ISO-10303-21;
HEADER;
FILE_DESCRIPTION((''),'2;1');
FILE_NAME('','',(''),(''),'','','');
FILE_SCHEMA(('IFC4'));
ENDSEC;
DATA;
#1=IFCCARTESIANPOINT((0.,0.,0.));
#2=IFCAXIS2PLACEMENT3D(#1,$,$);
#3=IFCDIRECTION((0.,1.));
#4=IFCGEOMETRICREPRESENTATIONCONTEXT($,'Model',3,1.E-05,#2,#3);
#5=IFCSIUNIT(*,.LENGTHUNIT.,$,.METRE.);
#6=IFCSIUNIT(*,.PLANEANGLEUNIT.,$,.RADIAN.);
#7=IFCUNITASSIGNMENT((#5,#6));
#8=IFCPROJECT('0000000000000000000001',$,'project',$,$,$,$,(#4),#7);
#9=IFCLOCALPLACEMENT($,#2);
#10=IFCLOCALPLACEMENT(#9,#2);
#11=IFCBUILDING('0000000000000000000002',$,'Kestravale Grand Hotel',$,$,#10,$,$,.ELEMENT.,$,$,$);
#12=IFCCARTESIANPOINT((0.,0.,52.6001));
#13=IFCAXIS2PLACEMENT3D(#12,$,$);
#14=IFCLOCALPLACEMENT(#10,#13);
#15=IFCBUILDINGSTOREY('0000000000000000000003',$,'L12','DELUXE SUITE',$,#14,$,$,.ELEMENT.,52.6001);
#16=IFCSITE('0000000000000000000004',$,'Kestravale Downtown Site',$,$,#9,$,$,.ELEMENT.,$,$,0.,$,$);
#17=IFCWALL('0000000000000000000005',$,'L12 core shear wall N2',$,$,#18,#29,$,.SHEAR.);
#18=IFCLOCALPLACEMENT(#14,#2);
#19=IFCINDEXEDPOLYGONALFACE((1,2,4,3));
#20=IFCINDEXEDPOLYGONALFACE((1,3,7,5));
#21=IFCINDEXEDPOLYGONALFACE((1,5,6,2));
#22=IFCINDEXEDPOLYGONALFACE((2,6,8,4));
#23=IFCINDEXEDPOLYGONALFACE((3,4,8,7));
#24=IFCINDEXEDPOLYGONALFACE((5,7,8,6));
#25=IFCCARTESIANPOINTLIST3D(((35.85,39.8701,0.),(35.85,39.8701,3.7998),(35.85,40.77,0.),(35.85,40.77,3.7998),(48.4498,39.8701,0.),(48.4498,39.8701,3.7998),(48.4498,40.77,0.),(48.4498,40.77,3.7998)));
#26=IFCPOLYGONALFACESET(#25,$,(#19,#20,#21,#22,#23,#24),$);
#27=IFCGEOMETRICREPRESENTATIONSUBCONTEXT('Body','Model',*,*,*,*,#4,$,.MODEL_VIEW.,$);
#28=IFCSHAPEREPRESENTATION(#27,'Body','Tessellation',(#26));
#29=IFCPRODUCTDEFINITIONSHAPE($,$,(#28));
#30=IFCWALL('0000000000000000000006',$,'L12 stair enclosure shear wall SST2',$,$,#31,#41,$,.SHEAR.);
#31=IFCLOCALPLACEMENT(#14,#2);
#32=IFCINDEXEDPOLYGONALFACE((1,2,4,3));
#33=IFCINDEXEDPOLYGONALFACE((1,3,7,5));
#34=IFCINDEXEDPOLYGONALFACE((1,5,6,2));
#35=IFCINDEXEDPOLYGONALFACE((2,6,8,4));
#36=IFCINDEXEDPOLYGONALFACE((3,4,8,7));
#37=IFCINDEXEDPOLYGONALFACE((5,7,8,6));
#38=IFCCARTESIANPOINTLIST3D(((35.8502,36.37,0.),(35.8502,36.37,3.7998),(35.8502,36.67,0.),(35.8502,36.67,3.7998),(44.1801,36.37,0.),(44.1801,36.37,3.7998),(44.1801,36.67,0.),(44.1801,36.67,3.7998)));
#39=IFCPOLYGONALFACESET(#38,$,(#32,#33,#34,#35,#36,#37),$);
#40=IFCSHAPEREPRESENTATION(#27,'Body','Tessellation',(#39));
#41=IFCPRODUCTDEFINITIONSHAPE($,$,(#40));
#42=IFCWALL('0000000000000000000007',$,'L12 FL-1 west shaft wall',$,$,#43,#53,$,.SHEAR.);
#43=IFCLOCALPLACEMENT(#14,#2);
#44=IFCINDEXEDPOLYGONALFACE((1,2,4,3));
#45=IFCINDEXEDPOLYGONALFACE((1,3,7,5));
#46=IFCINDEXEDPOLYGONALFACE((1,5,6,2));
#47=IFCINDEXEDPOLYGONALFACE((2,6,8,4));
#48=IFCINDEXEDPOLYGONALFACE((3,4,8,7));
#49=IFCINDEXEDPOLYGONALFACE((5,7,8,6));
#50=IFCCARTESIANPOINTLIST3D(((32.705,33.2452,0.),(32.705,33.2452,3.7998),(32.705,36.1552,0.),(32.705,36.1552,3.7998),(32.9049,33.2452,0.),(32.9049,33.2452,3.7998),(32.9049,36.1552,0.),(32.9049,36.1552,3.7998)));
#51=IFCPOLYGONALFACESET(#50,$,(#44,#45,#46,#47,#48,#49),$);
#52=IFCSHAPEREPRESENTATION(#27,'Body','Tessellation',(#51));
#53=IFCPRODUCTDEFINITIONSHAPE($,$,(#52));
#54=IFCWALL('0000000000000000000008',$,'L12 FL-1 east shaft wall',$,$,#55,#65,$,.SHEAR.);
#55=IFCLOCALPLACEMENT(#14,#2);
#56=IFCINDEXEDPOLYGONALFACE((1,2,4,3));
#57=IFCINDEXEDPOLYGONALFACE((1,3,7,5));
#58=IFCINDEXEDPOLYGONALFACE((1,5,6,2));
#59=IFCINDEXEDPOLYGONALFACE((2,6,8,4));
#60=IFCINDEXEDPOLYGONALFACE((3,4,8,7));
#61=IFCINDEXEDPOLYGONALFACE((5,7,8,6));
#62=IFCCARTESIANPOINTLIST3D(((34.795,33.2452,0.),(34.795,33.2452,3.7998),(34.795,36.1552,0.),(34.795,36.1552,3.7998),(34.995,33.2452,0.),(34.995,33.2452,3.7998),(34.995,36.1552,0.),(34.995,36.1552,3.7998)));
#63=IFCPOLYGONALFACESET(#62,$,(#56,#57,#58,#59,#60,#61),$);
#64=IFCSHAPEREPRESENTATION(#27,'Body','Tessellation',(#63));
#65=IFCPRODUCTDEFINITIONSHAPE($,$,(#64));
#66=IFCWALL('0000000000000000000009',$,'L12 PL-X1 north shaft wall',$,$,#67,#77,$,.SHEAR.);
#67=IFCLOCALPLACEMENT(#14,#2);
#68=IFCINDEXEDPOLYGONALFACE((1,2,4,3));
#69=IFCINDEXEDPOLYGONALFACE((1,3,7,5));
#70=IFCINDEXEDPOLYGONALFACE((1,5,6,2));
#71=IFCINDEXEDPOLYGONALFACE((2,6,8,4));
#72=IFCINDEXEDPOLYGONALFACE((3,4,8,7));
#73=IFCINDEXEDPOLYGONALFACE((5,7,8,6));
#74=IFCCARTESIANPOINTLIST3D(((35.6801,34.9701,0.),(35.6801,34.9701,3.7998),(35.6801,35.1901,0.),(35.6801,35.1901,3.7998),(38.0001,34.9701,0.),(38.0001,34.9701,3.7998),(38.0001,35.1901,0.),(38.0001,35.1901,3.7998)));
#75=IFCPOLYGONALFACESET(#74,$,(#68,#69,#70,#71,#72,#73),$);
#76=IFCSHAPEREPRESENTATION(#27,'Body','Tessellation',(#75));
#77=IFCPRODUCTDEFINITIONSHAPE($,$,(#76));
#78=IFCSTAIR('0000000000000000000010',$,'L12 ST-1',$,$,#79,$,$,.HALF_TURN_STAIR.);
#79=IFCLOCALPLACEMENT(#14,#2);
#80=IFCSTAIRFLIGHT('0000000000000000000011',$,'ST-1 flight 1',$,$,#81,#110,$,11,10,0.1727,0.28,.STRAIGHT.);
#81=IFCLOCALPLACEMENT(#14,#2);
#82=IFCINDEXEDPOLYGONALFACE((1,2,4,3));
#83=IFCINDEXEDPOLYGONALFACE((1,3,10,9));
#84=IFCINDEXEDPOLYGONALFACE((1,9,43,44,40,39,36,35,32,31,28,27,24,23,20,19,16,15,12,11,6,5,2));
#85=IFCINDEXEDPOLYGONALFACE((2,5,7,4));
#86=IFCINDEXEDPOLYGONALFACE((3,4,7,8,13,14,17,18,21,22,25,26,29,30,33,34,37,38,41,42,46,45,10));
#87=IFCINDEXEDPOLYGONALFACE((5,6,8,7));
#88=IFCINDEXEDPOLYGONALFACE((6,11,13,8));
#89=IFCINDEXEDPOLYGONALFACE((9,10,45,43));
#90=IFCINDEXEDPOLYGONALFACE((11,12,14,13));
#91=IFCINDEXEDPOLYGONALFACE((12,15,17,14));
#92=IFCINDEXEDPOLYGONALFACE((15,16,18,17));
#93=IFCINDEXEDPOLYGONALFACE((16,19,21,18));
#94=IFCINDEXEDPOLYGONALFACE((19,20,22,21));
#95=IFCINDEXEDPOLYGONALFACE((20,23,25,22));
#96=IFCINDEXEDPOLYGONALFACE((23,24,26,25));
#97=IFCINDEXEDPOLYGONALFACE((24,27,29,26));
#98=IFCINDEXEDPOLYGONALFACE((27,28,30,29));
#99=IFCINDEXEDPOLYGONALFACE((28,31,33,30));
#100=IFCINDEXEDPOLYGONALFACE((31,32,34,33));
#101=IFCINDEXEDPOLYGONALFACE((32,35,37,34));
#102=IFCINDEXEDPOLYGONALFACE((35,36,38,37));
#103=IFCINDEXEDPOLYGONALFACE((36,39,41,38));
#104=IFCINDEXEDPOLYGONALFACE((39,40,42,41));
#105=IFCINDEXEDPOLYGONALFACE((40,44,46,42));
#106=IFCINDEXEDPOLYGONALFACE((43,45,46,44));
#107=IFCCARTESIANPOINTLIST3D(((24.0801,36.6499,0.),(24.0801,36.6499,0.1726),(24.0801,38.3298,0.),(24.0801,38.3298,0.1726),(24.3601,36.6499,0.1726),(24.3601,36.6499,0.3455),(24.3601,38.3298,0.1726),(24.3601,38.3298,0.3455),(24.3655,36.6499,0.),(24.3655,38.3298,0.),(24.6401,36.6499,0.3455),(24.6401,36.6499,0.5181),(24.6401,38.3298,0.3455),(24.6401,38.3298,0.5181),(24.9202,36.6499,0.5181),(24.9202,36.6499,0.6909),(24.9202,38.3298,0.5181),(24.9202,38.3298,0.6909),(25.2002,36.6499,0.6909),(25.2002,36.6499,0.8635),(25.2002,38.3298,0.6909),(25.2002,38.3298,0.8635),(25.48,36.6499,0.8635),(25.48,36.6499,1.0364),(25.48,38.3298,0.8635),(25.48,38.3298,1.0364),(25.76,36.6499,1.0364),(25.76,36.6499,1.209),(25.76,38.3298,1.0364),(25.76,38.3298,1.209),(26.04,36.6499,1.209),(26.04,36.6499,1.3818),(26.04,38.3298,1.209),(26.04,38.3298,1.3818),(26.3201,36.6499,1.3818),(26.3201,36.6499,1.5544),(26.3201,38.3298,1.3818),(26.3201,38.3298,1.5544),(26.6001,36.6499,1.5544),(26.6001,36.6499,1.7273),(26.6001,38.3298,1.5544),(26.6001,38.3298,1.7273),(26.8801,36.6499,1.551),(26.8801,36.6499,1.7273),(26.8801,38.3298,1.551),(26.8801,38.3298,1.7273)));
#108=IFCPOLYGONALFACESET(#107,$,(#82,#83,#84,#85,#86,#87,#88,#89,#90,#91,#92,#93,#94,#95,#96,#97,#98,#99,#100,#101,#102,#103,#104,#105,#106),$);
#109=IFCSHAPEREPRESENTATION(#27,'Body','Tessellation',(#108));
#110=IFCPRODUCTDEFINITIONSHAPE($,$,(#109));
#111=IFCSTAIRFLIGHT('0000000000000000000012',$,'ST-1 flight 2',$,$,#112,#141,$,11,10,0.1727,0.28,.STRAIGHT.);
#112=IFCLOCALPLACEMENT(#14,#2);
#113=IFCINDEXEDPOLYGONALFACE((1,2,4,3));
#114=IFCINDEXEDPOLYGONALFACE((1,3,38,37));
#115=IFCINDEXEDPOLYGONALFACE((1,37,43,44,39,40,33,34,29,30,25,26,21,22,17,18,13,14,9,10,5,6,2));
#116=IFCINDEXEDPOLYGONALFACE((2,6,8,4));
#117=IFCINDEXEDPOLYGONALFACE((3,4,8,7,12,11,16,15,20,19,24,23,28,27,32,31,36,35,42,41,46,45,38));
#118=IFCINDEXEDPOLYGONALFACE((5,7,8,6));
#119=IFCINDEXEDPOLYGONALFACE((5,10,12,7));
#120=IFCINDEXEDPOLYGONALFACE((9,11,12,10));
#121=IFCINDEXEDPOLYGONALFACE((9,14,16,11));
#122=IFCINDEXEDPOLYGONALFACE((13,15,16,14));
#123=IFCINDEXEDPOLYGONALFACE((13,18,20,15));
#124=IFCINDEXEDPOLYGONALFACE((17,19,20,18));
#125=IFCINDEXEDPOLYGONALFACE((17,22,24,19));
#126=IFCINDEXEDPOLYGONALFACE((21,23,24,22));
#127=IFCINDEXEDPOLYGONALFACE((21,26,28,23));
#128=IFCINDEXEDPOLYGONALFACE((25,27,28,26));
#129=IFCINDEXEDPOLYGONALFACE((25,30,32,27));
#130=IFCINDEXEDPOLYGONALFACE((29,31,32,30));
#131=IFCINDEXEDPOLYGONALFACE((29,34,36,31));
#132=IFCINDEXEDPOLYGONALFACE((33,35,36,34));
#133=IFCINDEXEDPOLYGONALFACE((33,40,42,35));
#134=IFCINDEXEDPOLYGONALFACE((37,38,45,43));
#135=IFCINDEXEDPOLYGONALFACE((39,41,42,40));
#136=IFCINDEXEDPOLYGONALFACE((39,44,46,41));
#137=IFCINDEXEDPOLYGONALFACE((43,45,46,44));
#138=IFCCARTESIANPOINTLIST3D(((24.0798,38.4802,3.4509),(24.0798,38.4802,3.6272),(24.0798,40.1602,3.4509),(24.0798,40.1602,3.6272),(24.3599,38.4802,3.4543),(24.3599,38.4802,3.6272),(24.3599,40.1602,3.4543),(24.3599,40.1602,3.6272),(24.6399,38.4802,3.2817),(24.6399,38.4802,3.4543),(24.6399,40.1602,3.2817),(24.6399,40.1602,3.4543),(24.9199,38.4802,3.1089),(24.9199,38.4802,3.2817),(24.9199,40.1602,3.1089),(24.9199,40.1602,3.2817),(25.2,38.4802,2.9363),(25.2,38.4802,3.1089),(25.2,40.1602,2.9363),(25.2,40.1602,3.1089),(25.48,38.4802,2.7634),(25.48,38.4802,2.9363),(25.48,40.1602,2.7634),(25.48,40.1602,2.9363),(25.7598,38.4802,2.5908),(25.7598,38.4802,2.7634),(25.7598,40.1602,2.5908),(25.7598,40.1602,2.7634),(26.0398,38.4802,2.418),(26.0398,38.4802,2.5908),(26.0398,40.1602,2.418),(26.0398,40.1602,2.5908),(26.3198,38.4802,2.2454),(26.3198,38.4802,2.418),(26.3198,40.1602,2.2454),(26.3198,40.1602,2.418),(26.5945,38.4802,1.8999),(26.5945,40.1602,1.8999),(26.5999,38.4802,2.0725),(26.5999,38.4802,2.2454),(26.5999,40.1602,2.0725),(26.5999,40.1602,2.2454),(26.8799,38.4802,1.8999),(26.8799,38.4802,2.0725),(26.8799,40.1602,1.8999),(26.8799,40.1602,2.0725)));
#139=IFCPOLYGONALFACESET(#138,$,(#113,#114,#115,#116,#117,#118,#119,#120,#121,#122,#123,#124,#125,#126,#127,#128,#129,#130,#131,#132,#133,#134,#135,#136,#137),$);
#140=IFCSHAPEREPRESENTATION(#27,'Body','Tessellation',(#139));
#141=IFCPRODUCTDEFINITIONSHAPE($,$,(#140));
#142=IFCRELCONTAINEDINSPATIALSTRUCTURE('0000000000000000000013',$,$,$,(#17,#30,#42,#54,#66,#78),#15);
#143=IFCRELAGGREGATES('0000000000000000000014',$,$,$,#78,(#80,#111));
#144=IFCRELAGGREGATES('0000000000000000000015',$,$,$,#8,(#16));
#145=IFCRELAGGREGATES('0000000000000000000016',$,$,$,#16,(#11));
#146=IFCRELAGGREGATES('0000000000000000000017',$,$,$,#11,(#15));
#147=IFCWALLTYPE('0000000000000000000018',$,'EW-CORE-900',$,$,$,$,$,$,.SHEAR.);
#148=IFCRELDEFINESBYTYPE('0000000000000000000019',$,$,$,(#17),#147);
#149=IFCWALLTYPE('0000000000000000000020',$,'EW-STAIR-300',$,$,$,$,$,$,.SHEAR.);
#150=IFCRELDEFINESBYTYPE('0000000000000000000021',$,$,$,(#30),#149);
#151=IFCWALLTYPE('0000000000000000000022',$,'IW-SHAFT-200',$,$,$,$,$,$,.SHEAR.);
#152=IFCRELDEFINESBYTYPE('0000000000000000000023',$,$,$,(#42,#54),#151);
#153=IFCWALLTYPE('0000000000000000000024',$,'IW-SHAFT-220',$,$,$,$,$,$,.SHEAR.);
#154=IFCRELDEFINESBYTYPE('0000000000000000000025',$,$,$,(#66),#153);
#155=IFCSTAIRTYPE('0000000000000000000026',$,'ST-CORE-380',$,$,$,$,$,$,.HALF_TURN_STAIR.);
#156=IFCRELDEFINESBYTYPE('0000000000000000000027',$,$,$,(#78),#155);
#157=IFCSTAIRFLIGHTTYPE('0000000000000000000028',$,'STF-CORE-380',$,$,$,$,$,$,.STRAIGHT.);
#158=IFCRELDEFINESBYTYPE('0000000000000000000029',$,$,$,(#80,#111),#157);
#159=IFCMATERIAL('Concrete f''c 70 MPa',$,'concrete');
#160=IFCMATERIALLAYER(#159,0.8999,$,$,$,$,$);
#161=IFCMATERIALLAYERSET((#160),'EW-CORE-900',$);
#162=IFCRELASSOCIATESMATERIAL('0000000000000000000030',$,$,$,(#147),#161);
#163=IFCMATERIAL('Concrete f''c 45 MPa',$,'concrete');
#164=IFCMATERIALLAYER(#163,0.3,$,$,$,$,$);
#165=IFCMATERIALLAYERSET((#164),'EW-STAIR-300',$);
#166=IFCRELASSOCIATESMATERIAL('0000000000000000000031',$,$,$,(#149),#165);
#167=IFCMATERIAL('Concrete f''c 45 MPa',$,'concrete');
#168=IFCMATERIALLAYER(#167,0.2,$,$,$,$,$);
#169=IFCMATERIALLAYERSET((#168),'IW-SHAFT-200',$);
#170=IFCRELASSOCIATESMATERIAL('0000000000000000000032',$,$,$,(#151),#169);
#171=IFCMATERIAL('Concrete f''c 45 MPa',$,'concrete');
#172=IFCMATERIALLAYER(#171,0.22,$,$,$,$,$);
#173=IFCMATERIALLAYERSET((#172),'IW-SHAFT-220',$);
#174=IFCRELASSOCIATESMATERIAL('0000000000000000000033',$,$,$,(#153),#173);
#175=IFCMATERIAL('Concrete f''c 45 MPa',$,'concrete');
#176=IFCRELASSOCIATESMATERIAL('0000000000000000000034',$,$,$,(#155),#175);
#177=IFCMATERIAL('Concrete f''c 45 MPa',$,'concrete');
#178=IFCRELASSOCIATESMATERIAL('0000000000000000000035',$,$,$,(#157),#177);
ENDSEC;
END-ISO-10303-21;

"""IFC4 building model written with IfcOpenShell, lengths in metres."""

from ifc_helpers import new_model, si_unit, direction, frame, frame_2d, origin, place, context, subcontext, project, spatial, polyline, rectangle, outline, extrude, material, layer, layer_set, type_object, element, aggregate, save


model = new_model("IFC4")

# Units and contexts
model_context = context("Model", 3, precision=1e-05, world=origin(), true_north=direction((0.0, 1.0)))
body_context = subcontext(model_context, "Body", "Model", "MODEL_VIEW")
ifc_project = project(units=[si_unit("LENGTHUNIT", "METRE"), si_unit("PLANEANGLEUNIT", "RADIAN")], contexts=[model_context])

# Site, building, storey
site_placement = place(None, origin())
site = spatial("IfcSite", under=ifc_project, at=site_placement, Name="Kestravale Downtown Site", CompositionType="ELEMENT", RefElevation=0.0)
building_placement = place(site_placement, origin())
building = spatial("IfcBuilding", under=site, at=building_placement, Name="Kestravale Grand Hotel", CompositionType="ELEMENT")
storey_placement = place(building_placement, frame((0.0, 0.0, 52.6001)))
storey = spatial("IfcBuildingStorey", under=building, at=storey_placement, Name="L12", Description="DELUXE SUITE", CompositionType="ELEMENT", Elevation=52.6001)

# Wall
ifc_material_1 = material(Name="Concrete f'c 70 MPa", Category="concrete")
ifc_layer_1 = layer(ifc_material_1, 0.8999)
ifc_layer_set_1 = layer_set([ifc_layer_1], Name="EW-CORE-900")
wall_type_1 = type_object("IfcWallType", Name="EW-CORE-900", PredefinedType="SHEAR", material=ifc_layer_set_1)
wall_1_placement = place(storey_placement, frame((35.8501, 40.3201, 0.0), z_axis=(0.0, 0.0, 1.0), x_axis=(1.0, 0.0, 0.0)))
element("IfcWall", 1, at=wall_1_placement, inside=storey, type_object=wall_type_1, Name="L12 core shear wall N2", PredefinedType="SHEAR", context=body_context, shape_type="SweptSolid", body=[
    extrude(rectangle(XDim=12.5999, YDim=0.8999, at=frame_2d((6.2998, 0.0))), origin(), (0.0, 0.0, 1.0), 3.7998),
])

# Wall
ifc_material_2 = material(Name="Concrete f'c 45 MPa", Category="concrete")
ifc_layer_2 = layer(ifc_material_2, 0.3)
ifc_layer_set_2 = layer_set([ifc_layer_2], Name="EW-STAIR-300")
wall_type_2 = type_object("IfcWallType", Name="EW-STAIR-300", PredefinedType="SHEAR", material=ifc_layer_set_2)
wall_2_placement = place(storey_placement, frame((35.8501, 36.52, 0.0), z_axis=(0.0, 0.0, 1.0), x_axis=(1.0, 0.0, 0.0)))
element("IfcWall", 2, at=wall_2_placement, inside=storey, type_object=wall_type_2, Name="L12 stair enclosure shear wall SST2", PredefinedType="SHEAR", context=body_context, shape_type="SweptSolid", body=[
    extrude(rectangle(XDim=8.3298, YDim=0.3, at=frame_2d((4.165, 0.0))), origin(), (0.0, 0.0, 1.0), 3.7998),
])

# Walls
ifc_material_3 = material(Name="Concrete f'c 45 MPa", Category="concrete")
ifc_layer_3 = layer(ifc_material_3, 0.2)
ifc_layer_set_3 = layer_set([ifc_layer_3], Name="IW-SHAFT-200")
wall_type_3 = type_object("IfcWallType", Name="IW-SHAFT-200", PredefinedType="SHEAR", material=ifc_layer_set_3)
for number, where, z_axis, x_axis, name in (
    (3, (32.8049, 33.2451, 0.0), (0.0, 0.0, 1.0), (0.0, 1.0, 0.0), "L12 FL-1 west shaft wall"),
    (4, (34.895, 33.2451, 0.0), (0.0, 0.0, 1.0), (0.0, 1.0, 0.0), "L12 FL-1 east shaft wall"),
):
    element("IfcWall", number, at=place(storey_placement, frame(where, z_axis=z_axis, x_axis=x_axis)), inside=storey, type_object=wall_type_3, Name=name, PredefinedType="SHEAR", context=body_context, shape_type="SweptSolid", body=[
        extrude(rectangle(XDim=2.9099, YDim=0.2, at=frame_2d((1.4551, 0.0))), origin(), (0.0, 0.0, 1.0), 3.7998),
    ])
ifc_material_4 = material(Name="Concrete f'c 45 MPa", Category="concrete")
ifc_layer_4 = layer(ifc_material_4, 0.22)
ifc_layer_set_4 = layer_set([ifc_layer_4], Name="IW-SHAFT-220")
wall_type_4 = type_object("IfcWallType", Name="IW-SHAFT-220", PredefinedType="SHEAR", material=ifc_layer_set_4)
wall_3_placement = place(storey_placement, frame((35.6799, 35.0801, 0.0), z_axis=(0.0, 0.0, 1.0), x_axis=(1.0, 0.0, 0.0)))
element("IfcWall", 5, at=wall_3_placement, inside=storey, type_object=wall_type_4, Name="L12 PL-X1 north shaft wall", PredefinedType="SHEAR", context=body_context, shape_type="SweptSolid", body=[
    extrude(rectangle(XDim=2.3201, YDim=0.22, at=frame_2d((1.1602, 0.0))), origin(), (0.0, 0.0, 1.0), 3.7998),
])

# Stair, stair flights
ifc_material_5 = material(Name="Concrete f'c 45 MPa", Category="concrete")
stair_type = type_object("IfcStairType", Name="ST-CORE-380", PredefinedType="HALF_TURN_STAIR", material=ifc_material_5)
stair_placement = place(storey_placement, origin())
stair = element("IfcStair", 6, at=stair_placement, inside=storey, type_object=stair_type, Name="L12 ST-1", PredefinedType="HALF_TURN_STAIR")
ifc_material_6 = material(Name="Concrete f'c 45 MPa", Category="concrete")
stair_flight_type = type_object("IfcStairFlightType", Name="STF-CORE-380", PredefinedType="STRAIGHT", material=ifc_material_6)
stair_flight_1_placement = place(storey_placement, frame((24.0801, 37.49, 0.0), z_axis=(0.0, 0.0, 1.0), x_axis=(1.0, 0.0, 0.0)))
stair_flight_1 = element("IfcStairFlight", 7, at=stair_flight_1_placement, type_object=stair_flight_type, Name="ST-1 flight 1", NumberOfRisers=11, NumberOfTreads=10, PredefinedType="STRAIGHT", RiserHeight=0.1727, TreadLength=0.28, context=body_context, shape_type="SweptSolid", body=[
    extrude(outline(polyline([(0.0, 0.0), (0.0, 0.1726), (0.28, 0.1726), (0.28, 0.3455), (0.5601, 0.3455), (0.5601, 0.5181), (0.8401, 0.5181), (0.8401, 0.6909), (1.1201, 0.6909), (1.1201, 0.8635), (1.3999, 0.8635), (1.3999, 1.0364), (1.6799, 1.0364), (1.6799, 1.209), (1.96, 1.209), (1.96, 1.3818), (2.24, 1.3818), (2.24, 1.5544), (2.52, 1.5544), (2.52, 1.7273), (2.8, 1.7273), (2.8, 1.8999), (2.8, 1.551), (0.2854, 0.0), (0.0, 0.0)])), frame((0.0, 0.8398, 0.0), z_axis=(0.0, -1.0, 0.0), x_axis=(1.0, 0.0, 0.0)), (0.0, 0.0, 1.0), 1.6799),
])
stair_flight_2_placement = place(storey_placement, frame((26.8799, 39.3201, 1.8999), z_axis=(0.0, 0.0, 1.0), x_axis=(-1.0, 0.0, 0.0)))
stair_flight_2 = element("IfcStairFlight", 8, at=stair_flight_2_placement, type_object=stair_flight_type, Name="ST-1 flight 2", NumberOfRisers=11, NumberOfTreads=10, PredefinedType="STRAIGHT", RiserHeight=0.1727, TreadLength=0.28, context=body_context, shape_type="SweptSolid", body=[
    extrude(outline(polyline([(0.0, 0.0), (0.0, 0.1726), (0.28, 0.1726), (0.28, 0.3455), (0.5601, 0.3455), (0.5601, 0.5181), (0.8401, 0.5181), (0.8401, 0.6909), (1.1201, 0.6909), (1.1201, 0.8635), (1.3999, 0.8635), (1.3999, 1.0364), (1.6799, 1.0364), (1.6799, 1.209), (1.96, 1.209), (1.96, 1.3818), (2.24, 1.3818), (2.24, 1.5544), (2.52, 1.5544), (2.52, 1.7273), (2.8, 1.7273), (2.8, 1.8999), (2.8, 1.551), (0.2854, 0.0), (0.0, 0.0)])), frame((0.0, 0.8398, 0.0), z_axis=(0.0, -1.0, 0.0), x_axis=(1.0, 0.0, 0.0)), (0.0, 0.0, 1.0), 1.6799),
])
aggregate(stair, [stair_flight_1, stair_flight_2])

save(model, "model.ifc")
